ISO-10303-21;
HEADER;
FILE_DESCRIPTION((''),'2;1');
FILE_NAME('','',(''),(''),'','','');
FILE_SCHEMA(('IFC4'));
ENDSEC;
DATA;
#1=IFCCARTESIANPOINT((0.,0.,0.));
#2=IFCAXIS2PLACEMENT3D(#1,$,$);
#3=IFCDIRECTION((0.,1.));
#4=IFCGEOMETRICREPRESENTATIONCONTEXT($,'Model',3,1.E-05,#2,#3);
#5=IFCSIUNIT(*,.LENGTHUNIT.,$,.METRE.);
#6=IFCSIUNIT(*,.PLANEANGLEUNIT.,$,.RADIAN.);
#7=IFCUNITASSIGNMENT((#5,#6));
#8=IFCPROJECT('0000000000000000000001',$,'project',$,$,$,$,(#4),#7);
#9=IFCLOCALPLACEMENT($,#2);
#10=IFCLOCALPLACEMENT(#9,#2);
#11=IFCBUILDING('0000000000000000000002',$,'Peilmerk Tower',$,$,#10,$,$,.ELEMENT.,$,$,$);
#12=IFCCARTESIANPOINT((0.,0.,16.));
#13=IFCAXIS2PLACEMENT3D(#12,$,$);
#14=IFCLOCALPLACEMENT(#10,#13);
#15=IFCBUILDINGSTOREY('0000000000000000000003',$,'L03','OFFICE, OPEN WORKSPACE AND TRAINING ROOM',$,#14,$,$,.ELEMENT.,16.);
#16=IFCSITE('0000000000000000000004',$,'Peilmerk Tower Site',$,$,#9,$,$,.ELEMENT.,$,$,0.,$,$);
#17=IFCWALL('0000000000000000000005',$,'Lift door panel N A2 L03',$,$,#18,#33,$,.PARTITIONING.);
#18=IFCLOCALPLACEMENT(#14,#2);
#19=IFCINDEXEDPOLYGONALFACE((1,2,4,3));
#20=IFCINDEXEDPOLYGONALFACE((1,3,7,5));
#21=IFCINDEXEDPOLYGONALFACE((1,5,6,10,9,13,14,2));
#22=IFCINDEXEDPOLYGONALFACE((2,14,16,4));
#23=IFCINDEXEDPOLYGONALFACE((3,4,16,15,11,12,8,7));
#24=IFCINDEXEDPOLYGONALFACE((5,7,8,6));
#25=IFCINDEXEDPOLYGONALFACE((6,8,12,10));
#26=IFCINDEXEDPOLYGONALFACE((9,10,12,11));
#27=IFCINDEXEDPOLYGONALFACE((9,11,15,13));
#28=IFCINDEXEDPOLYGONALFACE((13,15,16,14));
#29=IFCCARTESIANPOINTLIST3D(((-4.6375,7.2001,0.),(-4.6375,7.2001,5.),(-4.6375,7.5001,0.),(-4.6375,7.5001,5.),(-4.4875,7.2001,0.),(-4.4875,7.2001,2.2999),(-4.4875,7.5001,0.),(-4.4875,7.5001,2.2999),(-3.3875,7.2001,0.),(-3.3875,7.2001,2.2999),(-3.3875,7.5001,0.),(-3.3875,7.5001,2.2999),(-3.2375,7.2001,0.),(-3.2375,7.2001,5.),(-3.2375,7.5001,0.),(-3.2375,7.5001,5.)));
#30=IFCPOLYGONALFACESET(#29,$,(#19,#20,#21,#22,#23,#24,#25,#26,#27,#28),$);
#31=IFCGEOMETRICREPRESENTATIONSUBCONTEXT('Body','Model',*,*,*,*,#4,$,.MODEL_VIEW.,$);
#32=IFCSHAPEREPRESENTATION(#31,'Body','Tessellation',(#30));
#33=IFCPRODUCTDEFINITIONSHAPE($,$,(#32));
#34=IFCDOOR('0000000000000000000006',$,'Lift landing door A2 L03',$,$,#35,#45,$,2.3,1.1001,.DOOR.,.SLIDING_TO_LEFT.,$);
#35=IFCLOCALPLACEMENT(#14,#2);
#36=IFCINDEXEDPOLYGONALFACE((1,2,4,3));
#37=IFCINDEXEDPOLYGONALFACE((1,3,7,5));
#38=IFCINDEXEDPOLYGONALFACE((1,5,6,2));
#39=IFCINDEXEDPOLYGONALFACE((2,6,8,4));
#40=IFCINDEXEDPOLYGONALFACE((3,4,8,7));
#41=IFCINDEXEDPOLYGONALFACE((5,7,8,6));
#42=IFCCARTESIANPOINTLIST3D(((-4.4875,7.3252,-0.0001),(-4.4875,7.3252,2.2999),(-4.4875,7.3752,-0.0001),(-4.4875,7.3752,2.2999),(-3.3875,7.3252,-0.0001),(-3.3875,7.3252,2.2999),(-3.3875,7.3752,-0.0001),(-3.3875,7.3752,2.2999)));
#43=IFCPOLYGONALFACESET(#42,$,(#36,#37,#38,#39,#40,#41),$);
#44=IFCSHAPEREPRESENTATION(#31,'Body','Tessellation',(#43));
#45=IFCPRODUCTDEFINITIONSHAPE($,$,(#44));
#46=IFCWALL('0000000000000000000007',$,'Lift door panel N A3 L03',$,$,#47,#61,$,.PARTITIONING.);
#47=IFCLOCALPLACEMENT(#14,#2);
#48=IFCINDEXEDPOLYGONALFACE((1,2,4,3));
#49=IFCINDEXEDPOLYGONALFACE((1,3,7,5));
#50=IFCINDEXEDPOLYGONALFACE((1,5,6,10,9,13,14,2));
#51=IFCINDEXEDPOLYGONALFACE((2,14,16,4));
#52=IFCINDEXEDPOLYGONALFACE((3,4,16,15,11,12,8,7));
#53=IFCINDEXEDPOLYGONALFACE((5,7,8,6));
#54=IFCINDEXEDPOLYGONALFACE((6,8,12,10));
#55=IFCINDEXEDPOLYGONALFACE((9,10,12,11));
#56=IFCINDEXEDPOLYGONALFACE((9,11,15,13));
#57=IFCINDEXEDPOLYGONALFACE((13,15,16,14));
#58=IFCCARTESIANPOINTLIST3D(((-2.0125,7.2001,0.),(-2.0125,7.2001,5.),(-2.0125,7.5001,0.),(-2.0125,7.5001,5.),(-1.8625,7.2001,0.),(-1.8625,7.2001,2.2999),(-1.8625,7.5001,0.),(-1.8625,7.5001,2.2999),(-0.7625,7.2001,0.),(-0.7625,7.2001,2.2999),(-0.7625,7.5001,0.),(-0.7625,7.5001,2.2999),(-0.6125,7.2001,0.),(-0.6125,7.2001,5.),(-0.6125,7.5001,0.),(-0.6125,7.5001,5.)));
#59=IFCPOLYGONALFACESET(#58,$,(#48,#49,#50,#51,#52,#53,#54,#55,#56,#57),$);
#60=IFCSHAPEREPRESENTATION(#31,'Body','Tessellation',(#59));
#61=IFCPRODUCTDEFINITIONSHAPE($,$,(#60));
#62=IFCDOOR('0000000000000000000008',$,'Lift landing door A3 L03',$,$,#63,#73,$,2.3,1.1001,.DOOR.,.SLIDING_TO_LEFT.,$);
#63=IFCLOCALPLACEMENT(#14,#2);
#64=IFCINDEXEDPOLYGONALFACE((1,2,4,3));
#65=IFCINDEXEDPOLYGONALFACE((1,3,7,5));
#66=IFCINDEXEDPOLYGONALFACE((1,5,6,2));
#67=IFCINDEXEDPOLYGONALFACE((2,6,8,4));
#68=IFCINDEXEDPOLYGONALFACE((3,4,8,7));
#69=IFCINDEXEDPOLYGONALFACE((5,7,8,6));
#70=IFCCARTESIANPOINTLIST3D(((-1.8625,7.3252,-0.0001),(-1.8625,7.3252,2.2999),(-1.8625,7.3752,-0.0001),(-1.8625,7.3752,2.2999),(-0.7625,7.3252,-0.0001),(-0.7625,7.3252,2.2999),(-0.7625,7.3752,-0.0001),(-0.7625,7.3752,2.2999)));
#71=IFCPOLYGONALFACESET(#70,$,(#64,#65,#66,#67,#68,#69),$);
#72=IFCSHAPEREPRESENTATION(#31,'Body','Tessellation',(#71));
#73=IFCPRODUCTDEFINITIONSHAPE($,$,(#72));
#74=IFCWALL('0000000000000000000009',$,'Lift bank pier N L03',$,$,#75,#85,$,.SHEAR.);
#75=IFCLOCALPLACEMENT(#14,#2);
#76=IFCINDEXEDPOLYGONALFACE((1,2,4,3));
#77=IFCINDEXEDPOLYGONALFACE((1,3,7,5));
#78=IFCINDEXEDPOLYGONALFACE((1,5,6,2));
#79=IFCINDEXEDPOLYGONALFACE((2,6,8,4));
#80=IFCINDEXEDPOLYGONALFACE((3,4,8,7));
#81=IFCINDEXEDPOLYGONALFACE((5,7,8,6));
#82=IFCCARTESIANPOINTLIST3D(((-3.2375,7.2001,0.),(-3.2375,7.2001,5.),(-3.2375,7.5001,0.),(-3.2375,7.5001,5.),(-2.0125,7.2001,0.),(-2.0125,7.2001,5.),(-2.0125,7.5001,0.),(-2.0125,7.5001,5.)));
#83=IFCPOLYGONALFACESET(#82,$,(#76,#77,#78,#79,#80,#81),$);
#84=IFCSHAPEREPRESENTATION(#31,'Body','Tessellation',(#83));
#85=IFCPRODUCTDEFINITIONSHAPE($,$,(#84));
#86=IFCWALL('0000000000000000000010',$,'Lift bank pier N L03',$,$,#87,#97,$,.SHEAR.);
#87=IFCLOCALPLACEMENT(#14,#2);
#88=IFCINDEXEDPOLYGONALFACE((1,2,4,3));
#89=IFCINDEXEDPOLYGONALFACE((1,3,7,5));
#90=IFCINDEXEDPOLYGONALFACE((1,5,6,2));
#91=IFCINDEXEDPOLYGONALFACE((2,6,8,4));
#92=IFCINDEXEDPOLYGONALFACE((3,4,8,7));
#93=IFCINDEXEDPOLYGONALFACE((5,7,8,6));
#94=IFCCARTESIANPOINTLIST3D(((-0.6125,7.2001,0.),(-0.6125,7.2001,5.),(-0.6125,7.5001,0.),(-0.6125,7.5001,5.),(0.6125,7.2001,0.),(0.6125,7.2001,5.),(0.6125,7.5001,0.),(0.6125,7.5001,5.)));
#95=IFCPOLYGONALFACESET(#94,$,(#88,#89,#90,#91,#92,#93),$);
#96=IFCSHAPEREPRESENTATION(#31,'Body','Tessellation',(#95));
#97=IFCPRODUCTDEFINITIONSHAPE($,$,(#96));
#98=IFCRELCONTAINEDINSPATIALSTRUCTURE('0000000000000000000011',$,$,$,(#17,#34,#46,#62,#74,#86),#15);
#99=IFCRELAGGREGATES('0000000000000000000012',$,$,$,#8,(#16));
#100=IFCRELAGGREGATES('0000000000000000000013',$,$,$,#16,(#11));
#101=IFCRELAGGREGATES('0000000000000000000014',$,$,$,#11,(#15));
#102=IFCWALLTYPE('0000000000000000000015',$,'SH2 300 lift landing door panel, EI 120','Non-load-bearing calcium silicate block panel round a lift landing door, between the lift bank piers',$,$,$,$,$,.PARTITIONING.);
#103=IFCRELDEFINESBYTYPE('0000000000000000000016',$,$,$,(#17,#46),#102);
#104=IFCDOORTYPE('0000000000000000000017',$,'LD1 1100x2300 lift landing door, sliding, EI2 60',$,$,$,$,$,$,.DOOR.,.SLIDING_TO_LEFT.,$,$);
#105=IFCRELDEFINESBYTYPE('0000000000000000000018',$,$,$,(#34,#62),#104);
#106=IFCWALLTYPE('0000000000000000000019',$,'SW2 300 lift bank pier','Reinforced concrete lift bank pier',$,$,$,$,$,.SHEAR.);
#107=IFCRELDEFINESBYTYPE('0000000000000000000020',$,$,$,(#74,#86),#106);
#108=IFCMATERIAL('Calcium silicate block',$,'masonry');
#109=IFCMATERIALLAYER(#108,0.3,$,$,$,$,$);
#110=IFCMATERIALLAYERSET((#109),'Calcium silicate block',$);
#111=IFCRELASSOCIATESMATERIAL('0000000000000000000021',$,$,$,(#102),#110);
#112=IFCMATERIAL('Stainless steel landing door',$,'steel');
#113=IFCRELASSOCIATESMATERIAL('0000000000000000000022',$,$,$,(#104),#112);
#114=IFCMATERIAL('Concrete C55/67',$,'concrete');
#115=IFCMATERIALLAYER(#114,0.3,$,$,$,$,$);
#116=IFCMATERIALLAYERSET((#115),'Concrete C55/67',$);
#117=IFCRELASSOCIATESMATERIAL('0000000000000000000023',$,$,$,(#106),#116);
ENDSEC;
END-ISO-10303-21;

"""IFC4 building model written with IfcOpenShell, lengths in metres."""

from ifc_helpers import new_model, si_unit, direction, frame, frame_2d, origin, place, context, subcontext, project, spatial, rectangle, extrude, material, layer, layer_set, type_object, element, fill, save


model = new_model("IFC4")

# Units and contexts
model_context = context("Model", 3, precision=1e-05, world=origin(), true_north=direction((0.0, 1.0)))
body_context = subcontext(model_context, "Body", "Model", "MODEL_VIEW")
ifc_project = project(units=[si_unit("LENGTHUNIT", "METRE"), si_unit("PLANEANGLEUNIT", "RADIAN")], contexts=[model_context])

# Site, building, storey
site_placement = place(None, origin())
site = spatial("IfcSite", under=ifc_project, at=site_placement, Name="Peilmerk Tower Site", CompositionType="ELEMENT", RefElevation=0.0)
building_placement = place(site_placement, origin())
building = spatial("IfcBuilding", under=site, at=building_placement, Name="Peilmerk Tower", CompositionType="ELEMENT")
storey_placement = place(building_placement, frame((0.0, 0.0, 16.0)))
storey = spatial("IfcBuildingStorey", under=building, at=storey_placement, Name="L03", Description="OFFICE, OPEN WORKSPACE AND TRAINING ROOM", CompositionType="ELEMENT", Elevation=16.0)

# Shared definitions
ifc_material_1 = material(Name="Concrete C55/67", Category="concrete")

# Shared definitions
ifc_material_2 = material(Name="Calcium silicate block", Category="masonry")

# Walls, openings, doors
ifc_layer_1 = layer(ifc_material_2, 0.3)
ifc_layer_set_1 = layer_set([ifc_layer_1], Name="Calcium silicate block")
wall_type_1 = type_object("IfcWallType", Name="SH2 300 lift landing door panel, EI 120", Description="Non-load-bearing calcium silicate block panel round a lift landing door, between the lift bank piers", PredefinedType="PARTITIONING", material=ifc_layer_set_1)
wall_1_placement = place(storey_placement, frame((-4.6375, 7.3501, 0.0), z_axis=(0.0, 0.0, 1.0), x_axis=(1.0, 0.0, 0.0)))
wall_1 = element("IfcWall", 1, at=wall_1_placement, inside=storey, type_object=wall_type_1, Name="Lift door panel N A2 L03", PredefinedType="PARTITIONING", context=body_context, shape_type="SweptSolid", body=[
    extrude(rectangle(XDim=1.3999, YDim=0.3, at=frame_2d((0.7, 0.0))), origin(), (0.0, 0.0, 1.0), 5.0),
])
opening_1_placement = place(wall_1_placement, frame((0.1499, 0.0, 0.0)))
opening_1 = element("IfcOpeningElement", 2, at=opening_1_placement, cuts=wall_1, PredefinedType="OPENING", context=body_context, shape_type="SweptSolid", body=[
    extrude(rectangle(XDim=1.1001, YDim=2.3, at=frame_2d((0.55, 1.1499))), frame((0.0, 0.1599, 0.0), z_axis=(0.0, -1.0, 0.0), x_axis=(1.0, 0.0, 0.0)), (0.0, 0.0, 1.0), 0.3201),
])
ifc_material_3 = material(Name="Stainless steel landing door", Category="steel")
door_type = type_object("IfcDoorType", Name="LD1 1100x2300 lift landing door, sliding, EI2 60", OperationType="SLIDING_TO_LEFT", PredefinedType="DOOR", material=ifc_material_3)
door_1_placement = place(opening_1_placement, frame((1.1001, 0.0, 0.0), z_axis=(0.0, 0.0, 1.0), x_axis=(-1.0, 0.0, 0.0)))
door_1 = element("IfcDoor", 3, at=door_1_placement, inside=storey, type_object=door_type, Name="Lift landing door A2 L03", OperationType="SLIDING_TO_LEFT", OverallHeight=2.3, OverallWidth=1.1001, PredefinedType="DOOR", context=body_context, shape_type="SweptSolid", body=[
    extrude(rectangle(XDim=1.1001, YDim=2.3, at=frame_2d((0.55, 1.1499))), frame((0.0, 0.0249, 0.0), z_axis=(0.0, -1.0, 0.0), x_axis=(1.0, 0.0, 0.0)), (0.0, 0.0, 1.0), 0.05),
])
fill(opening_1, door_1)
wall_2_placement = place(storey_placement, frame((-2.0125, 7.3501, 0.0), z_axis=(0.0, 0.0, 1.0), x_axis=(1.0, 0.0, 0.0)))
wall_2 = element("IfcWall", 4, at=wall_2_placement, inside=storey, type_object=wall_type_1, Name="Lift door panel N A3 L03", PredefinedType="PARTITIONING", context=body_context, shape_type="SweptSolid", body=[
    extrude(rectangle(XDim=1.3999, YDim=0.3, at=frame_2d((0.7, 0.0))), origin(), (0.0, 0.0, 1.0), 5.0),
])
opening_2_placement = place(wall_2_placement, frame((0.1499, 0.0, 0.0)))
opening_2 = element("IfcOpeningElement", 5, at=opening_2_placement, cuts=wall_2, PredefinedType="OPENING", context=body_context, shape_type="SweptSolid", body=[
    extrude(rectangle(XDim=1.1001, YDim=2.3, at=frame_2d((0.55, 1.1499))), frame((0.0, 0.1599, 0.0), z_axis=(0.0, -1.0, 0.0), x_axis=(1.0, 0.0, 0.0)), (0.0, 0.0, 1.0), 0.3201),
])
door_2_placement = place(opening_2_placement, frame((1.1001, 0.0, 0.0), z_axis=(0.0, 0.0, 1.0), x_axis=(-1.0, 0.0, 0.0)))
door_2 = element("IfcDoor", 6, at=door_2_placement, inside=storey, type_object=door_type, Name="Lift landing door A3 L03", OperationType="SLIDING_TO_LEFT", OverallHeight=2.3, OverallWidth=1.1001, PredefinedType="DOOR", context=body_context, shape_type="SweptSolid", body=[
    extrude(rectangle(XDim=1.1001, YDim=2.3, at=frame_2d((0.55, 1.1499))), frame((0.0, 0.0249, 0.0), z_axis=(0.0, -1.0, 0.0), x_axis=(1.0, 0.0, 0.0)), (0.0, 0.0, 1.0), 0.05),
])
fill(opening_2, door_2)

# Walls
ifc_layer_2 = layer(ifc_material_1, 0.3)
ifc_layer_set_2 = layer_set([ifc_layer_2], Name="Concrete C55/67")
wall_type_2 = type_object("IfcWallType", Name="SW2 300 lift bank pier", Description="Reinforced concrete lift bank pier", PredefinedType="SHEAR", material=ifc_layer_set_2)
for number, where, z_axis, x_axis, name in (
    (7, (-3.2375, 7.3501, 0.0), (0.0, 0.0, 1.0), (1.0, 0.0, 0.0), "Lift bank pier N L03"),
    (8, (-0.6125, 7.3501, 0.0), (0.0, 0.0, 1.0), (1.0, 0.0, 0.0), "Lift bank pier N L03"),
):
    element("IfcWall", number, at=place(storey_placement, frame(where, z_axis=z_axis, x_axis=x_axis)), inside=storey, type_object=wall_type_2, Name=name, PredefinedType="SHEAR", context=body_context, shape_type="SweptSolid", body=[
        extrude(rectangle(XDim=1.2251, YDim=0.3, at=frame_2d((0.6125, 0.0))), origin(), (0.0, 0.0, 1.0), 5.0),
    ])

save(model, "model.ifc")
